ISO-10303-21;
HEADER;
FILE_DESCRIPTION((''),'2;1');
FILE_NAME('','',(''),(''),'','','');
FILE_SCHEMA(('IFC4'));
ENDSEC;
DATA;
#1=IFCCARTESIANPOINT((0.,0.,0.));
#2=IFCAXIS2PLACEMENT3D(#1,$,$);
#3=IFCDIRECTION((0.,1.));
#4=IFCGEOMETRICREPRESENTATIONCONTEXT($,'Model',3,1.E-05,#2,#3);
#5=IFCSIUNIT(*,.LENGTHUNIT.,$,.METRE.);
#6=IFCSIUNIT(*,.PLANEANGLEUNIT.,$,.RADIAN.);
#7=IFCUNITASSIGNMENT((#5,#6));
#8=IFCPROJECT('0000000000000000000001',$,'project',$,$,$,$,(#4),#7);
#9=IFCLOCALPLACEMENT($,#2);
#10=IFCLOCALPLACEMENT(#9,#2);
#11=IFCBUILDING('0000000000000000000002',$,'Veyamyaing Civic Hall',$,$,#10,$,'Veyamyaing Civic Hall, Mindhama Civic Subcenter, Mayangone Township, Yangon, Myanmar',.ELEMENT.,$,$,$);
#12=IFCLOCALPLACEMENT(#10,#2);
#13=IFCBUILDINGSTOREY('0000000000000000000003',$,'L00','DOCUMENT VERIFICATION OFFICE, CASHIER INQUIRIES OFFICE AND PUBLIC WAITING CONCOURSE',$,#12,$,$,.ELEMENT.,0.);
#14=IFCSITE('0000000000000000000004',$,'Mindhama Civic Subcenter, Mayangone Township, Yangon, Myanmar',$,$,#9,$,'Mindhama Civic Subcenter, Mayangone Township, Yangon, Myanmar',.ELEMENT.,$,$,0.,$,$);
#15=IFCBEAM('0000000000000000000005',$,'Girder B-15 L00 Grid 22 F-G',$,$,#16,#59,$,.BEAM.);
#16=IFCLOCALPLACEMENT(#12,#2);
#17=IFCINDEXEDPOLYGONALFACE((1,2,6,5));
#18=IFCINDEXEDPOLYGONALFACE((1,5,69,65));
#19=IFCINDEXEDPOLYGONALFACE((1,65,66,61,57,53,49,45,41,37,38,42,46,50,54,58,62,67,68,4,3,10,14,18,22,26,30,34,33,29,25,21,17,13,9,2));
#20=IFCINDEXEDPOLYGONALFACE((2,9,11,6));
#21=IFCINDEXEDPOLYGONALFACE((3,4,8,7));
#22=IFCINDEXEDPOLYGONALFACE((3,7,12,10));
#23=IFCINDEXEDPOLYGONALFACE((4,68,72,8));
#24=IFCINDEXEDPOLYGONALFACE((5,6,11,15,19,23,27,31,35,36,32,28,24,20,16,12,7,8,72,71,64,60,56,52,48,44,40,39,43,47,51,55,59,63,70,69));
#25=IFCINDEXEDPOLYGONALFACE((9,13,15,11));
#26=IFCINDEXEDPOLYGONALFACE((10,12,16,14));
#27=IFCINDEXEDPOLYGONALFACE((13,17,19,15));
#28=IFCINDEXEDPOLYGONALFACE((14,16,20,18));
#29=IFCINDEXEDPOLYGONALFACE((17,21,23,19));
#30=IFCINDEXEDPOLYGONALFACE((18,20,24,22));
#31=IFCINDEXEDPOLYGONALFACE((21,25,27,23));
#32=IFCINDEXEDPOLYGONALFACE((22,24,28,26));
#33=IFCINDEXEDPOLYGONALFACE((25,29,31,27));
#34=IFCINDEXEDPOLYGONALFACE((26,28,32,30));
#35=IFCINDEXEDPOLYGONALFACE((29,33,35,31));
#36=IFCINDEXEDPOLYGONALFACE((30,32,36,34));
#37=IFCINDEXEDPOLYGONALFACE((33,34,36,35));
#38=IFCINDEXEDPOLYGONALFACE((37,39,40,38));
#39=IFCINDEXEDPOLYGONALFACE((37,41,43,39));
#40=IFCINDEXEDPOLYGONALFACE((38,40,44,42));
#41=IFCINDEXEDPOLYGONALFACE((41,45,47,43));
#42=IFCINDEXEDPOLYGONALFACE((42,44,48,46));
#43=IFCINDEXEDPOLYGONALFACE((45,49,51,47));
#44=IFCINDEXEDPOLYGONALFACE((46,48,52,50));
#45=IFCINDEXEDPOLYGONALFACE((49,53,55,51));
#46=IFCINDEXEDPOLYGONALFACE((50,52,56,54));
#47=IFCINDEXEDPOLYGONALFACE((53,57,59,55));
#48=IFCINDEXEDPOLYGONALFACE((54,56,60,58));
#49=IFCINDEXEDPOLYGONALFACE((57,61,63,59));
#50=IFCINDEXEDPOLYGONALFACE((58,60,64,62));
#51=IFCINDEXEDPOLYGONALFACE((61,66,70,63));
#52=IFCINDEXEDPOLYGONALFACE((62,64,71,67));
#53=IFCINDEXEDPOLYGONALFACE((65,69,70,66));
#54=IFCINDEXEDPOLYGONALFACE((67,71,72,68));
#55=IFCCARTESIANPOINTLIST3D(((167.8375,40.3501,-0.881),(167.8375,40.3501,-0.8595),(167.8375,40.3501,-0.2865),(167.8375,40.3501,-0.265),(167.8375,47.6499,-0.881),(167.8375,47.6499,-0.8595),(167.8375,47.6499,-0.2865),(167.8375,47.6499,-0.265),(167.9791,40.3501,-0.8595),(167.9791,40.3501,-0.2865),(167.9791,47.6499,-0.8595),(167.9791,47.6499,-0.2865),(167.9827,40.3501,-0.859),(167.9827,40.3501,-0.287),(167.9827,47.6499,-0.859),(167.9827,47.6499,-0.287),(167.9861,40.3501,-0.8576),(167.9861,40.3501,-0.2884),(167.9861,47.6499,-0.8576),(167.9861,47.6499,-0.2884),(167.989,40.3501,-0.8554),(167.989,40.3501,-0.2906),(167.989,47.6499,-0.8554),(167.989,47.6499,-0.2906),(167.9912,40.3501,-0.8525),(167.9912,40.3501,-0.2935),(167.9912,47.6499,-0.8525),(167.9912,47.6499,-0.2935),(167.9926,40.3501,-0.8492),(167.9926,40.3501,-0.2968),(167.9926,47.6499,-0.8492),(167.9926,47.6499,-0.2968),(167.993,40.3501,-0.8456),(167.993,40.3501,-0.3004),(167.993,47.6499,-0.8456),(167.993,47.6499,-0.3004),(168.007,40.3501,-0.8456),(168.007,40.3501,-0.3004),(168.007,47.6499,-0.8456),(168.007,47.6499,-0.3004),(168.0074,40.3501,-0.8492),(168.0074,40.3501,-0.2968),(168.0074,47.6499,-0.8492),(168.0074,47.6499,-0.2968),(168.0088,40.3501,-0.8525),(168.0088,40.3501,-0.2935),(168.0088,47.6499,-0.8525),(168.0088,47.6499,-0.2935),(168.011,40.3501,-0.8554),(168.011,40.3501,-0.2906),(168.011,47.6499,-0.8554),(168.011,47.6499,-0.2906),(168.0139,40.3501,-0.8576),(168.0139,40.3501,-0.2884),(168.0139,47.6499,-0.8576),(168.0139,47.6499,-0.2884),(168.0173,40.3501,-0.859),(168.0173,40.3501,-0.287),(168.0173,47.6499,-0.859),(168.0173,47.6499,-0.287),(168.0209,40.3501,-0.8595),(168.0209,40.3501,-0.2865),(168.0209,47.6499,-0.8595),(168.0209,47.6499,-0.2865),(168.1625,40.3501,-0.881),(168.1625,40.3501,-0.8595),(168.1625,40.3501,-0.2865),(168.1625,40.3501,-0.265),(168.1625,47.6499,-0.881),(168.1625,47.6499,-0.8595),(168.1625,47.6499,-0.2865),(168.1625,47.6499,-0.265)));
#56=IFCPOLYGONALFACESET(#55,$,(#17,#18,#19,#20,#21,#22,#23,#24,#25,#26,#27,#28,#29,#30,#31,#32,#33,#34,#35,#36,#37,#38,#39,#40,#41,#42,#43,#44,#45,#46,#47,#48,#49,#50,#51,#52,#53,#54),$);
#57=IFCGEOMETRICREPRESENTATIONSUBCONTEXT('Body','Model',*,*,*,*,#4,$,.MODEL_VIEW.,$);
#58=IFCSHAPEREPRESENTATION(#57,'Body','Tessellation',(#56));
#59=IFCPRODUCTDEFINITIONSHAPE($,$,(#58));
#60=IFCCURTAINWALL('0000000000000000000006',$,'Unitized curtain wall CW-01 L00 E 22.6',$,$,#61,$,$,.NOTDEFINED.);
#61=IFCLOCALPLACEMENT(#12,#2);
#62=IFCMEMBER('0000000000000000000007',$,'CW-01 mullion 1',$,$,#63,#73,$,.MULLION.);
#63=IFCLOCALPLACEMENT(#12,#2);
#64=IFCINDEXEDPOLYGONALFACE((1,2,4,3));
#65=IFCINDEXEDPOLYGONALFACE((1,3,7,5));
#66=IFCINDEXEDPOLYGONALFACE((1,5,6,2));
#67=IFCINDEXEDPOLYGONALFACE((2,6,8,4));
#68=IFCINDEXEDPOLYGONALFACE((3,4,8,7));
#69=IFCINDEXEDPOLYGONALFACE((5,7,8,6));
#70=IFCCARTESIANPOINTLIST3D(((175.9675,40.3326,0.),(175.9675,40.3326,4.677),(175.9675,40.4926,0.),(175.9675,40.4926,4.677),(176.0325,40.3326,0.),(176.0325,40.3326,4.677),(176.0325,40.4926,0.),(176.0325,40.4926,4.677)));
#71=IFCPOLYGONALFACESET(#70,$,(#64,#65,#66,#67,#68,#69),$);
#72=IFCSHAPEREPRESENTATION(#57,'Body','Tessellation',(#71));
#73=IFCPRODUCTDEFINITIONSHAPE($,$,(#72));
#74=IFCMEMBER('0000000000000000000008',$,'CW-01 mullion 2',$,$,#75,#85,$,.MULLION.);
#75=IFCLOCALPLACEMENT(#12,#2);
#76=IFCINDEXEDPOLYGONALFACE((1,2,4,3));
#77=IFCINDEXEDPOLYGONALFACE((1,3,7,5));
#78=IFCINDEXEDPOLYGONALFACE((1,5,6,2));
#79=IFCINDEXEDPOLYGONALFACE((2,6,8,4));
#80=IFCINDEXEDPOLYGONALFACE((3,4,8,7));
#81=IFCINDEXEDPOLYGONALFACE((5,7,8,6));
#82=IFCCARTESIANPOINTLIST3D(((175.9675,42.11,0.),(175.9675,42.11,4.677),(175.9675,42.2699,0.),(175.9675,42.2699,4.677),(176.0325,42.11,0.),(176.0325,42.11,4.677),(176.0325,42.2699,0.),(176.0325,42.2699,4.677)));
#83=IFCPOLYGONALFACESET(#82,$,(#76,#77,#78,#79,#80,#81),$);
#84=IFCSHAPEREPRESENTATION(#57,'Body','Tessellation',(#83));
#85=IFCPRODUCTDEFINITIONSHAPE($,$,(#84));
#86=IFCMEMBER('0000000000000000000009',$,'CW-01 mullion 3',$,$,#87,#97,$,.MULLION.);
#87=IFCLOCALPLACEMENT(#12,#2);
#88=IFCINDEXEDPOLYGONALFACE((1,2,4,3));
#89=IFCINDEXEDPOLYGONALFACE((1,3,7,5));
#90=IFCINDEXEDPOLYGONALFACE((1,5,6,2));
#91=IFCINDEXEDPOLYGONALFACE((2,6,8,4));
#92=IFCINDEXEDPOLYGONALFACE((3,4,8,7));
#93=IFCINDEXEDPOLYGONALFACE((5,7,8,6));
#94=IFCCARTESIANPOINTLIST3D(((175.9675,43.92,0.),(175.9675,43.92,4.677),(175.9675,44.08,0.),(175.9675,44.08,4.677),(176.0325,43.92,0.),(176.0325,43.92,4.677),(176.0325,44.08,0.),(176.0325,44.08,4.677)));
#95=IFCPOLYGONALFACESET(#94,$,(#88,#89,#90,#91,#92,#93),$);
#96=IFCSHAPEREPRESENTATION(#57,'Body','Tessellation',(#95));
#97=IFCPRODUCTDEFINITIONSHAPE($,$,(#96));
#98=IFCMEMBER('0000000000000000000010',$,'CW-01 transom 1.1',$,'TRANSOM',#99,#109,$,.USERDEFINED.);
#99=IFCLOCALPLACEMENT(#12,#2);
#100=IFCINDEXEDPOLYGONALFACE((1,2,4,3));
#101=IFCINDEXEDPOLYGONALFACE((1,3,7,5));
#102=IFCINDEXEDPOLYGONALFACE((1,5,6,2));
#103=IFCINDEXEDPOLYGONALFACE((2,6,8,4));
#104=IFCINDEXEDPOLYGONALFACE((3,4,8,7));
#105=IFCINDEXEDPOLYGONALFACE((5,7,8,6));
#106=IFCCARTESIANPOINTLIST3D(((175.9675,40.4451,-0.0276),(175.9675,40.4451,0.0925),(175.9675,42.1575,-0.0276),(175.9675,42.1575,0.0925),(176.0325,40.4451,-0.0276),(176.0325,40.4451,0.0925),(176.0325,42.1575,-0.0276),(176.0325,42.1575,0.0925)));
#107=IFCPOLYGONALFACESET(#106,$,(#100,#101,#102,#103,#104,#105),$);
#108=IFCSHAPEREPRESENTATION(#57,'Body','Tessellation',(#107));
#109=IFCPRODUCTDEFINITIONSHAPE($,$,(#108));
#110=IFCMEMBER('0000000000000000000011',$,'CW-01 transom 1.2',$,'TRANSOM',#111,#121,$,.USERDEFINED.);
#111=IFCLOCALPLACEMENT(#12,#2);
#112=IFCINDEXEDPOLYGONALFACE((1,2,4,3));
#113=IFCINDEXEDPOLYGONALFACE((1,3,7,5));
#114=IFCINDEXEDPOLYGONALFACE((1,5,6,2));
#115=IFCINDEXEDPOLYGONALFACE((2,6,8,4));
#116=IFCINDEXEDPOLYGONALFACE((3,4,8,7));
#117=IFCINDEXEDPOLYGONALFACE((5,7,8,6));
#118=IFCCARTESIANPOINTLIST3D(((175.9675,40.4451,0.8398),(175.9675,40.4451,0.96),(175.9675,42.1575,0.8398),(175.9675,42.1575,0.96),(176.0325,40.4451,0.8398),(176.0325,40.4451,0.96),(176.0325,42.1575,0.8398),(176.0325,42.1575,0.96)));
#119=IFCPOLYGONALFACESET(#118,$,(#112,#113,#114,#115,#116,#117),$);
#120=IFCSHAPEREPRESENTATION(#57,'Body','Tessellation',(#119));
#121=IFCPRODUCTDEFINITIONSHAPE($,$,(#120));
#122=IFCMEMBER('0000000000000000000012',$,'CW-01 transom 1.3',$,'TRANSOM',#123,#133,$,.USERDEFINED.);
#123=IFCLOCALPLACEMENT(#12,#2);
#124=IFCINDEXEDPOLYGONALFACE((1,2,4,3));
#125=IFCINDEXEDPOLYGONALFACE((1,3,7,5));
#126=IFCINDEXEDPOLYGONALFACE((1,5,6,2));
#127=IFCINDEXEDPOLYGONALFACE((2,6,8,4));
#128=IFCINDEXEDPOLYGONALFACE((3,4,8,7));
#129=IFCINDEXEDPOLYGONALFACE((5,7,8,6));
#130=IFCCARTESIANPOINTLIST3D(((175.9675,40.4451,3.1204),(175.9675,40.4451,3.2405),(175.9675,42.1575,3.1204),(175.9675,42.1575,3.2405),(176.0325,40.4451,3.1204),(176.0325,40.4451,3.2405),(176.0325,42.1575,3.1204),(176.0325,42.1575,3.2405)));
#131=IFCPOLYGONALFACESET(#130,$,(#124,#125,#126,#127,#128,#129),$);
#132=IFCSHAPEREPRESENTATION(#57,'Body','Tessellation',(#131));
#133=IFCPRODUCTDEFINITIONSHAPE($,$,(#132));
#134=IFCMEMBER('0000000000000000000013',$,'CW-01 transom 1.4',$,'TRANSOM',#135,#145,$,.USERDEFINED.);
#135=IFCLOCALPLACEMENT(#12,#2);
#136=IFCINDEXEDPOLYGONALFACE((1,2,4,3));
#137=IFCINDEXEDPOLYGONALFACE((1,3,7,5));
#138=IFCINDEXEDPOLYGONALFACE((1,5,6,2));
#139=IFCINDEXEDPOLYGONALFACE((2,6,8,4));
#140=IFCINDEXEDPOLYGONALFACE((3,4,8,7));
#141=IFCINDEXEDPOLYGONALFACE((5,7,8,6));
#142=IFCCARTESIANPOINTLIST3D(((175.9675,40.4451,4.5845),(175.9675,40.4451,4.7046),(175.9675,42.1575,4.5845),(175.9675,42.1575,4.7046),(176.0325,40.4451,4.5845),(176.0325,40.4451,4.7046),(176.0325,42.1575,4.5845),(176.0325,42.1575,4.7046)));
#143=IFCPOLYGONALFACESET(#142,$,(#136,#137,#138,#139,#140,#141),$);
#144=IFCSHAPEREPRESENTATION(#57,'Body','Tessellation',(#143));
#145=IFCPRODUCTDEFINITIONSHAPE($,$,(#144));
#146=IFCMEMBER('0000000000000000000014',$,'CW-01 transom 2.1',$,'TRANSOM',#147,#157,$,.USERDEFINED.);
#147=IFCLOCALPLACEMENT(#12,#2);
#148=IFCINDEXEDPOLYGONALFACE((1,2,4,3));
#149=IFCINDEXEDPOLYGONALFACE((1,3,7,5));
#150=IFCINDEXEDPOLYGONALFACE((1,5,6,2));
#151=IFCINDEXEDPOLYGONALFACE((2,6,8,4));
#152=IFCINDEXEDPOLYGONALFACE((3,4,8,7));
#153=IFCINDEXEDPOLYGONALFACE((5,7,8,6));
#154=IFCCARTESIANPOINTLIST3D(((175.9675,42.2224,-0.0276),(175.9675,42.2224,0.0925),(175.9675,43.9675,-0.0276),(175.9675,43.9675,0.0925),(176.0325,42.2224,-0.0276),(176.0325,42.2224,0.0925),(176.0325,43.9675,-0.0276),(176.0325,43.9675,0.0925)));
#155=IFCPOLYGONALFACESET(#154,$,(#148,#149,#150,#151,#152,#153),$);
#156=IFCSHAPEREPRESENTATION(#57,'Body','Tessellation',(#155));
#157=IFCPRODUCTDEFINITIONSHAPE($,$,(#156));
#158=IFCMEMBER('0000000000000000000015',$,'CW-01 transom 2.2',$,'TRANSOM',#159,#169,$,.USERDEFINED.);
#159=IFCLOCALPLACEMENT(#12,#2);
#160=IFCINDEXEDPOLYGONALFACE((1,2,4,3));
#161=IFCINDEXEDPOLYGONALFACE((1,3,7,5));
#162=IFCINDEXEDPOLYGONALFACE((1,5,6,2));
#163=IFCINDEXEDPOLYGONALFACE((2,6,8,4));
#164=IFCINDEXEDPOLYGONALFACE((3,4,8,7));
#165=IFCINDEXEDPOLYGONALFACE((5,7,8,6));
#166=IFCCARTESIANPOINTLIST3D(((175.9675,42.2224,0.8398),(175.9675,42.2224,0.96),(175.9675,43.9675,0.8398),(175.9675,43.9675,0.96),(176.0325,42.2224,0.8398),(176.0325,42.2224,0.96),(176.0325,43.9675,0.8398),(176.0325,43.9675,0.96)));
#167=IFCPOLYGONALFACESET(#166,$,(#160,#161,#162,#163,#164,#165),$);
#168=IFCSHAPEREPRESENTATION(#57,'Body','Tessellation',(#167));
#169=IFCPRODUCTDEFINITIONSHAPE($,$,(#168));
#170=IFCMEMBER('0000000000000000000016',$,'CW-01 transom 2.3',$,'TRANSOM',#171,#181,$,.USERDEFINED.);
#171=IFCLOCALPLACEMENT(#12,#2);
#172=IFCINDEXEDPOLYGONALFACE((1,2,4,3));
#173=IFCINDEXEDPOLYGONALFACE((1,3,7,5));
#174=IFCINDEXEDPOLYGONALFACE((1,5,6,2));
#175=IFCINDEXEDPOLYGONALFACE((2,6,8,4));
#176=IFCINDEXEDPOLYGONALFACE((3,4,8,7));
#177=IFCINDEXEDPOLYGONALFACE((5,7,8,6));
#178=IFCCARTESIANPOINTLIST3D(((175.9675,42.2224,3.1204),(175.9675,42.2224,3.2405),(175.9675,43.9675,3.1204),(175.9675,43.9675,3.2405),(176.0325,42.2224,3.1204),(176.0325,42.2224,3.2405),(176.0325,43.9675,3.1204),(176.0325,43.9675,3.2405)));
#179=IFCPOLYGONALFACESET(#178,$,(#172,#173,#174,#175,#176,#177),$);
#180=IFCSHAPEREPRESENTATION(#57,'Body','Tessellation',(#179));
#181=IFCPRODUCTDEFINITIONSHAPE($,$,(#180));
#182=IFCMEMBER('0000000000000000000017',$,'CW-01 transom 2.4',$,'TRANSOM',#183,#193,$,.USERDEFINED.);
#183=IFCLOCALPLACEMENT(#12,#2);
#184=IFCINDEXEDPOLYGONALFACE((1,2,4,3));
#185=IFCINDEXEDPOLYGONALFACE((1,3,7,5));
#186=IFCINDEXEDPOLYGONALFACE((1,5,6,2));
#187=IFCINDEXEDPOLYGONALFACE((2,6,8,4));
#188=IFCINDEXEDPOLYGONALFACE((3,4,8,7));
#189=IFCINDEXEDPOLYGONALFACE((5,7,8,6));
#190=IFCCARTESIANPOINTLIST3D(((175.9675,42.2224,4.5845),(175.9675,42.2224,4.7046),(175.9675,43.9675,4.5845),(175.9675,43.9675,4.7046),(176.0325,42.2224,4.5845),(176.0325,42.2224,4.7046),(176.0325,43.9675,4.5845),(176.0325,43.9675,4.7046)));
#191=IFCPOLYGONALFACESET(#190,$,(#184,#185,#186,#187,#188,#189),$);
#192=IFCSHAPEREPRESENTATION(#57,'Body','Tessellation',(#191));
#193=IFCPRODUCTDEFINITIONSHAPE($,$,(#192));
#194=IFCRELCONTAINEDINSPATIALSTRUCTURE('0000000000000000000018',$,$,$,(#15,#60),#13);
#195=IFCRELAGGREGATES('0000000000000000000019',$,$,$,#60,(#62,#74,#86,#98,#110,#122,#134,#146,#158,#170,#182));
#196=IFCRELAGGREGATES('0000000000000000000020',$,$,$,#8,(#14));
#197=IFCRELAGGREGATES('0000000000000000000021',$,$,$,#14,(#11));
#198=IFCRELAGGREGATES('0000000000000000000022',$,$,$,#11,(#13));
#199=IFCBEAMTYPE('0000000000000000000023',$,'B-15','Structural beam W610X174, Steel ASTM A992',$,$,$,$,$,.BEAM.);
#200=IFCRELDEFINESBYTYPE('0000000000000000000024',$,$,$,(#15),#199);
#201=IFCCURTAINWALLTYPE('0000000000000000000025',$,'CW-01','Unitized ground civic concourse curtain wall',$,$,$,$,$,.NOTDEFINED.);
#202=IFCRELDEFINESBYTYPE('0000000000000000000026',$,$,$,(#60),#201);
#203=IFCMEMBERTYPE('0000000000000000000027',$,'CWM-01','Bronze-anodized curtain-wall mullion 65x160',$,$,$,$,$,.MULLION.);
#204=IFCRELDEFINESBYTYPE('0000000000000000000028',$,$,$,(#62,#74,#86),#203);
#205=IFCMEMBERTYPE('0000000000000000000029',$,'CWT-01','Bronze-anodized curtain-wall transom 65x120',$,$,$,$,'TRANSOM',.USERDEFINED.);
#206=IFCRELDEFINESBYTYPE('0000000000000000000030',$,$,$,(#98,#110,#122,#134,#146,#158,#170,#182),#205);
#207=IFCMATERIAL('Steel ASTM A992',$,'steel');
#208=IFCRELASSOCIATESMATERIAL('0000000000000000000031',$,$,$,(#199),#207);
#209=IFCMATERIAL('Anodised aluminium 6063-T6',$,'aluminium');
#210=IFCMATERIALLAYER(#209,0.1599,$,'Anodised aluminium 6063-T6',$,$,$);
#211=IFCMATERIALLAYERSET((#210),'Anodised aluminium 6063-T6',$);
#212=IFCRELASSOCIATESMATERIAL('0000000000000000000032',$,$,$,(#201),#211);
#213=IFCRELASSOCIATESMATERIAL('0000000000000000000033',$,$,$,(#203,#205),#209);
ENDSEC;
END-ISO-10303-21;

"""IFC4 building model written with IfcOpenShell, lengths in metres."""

from ifc_helpers import new_model, si_unit, direction, frame, origin, origin_2d, place, context, subcontext, project, spatial, rectangle, i_section, extrude, material, layer, layer_set, material_profile, profile_set, type_object, element, aggregate, save


model = new_model("IFC4")

# Units and contexts
model_context = context("Model", 3, precision=1e-05, world=origin(), true_north=direction((0.0, 1.0)))
body_context = subcontext(model_context, "Body", "Model", "MODEL_VIEW")
ifc_project = project(units=[si_unit("LENGTHUNIT", "METRE"), si_unit("PLANEANGLEUNIT", "RADIAN")], contexts=[model_context])

# Site, building, storey
site_placement = place(None, origin())
site = spatial("IfcSite", under=ifc_project, at=site_placement, Name="Mindhama Civic Subcenter, Mayangone Township, Yangon, Myanmar", LongName="Mindhama Civic Subcenter, Mayangone Township, Yangon, Myanmar", CompositionType="ELEMENT", RefElevation=0.0)
building_placement = place(site_placement, origin())
building = spatial("IfcBuilding", under=site, at=building_placement, Name="Veyamyaing Civic Hall", LongName="Veyamyaing Civic Hall, Mindhama Civic Subcenter, Mayangone Township, Yangon, Myanmar", CompositionType="ELEMENT")
storey_placement = place(building_placement, origin())
storey = spatial("IfcBuildingStorey", under=building, at=storey_placement, Name="L00", Description="DOCUMENT VERIFICATION OFFICE, CASHIER INQUIRIES OFFICE AND PUBLIC WAITING CONCOURSE", CompositionType="ELEMENT", Elevation=0.0)

# Beam
ifc_material_1 = material(Name="Steel ASTM A992", Category="steel")
ifc_material_profile_1 = material_profile(ifc_material_1, i_section(OverallWidth=0.325, OverallDepth=0.616, WebThickness=0.0139, FlangeThickness=0.0215, FilletRadius=0.0139, at=origin_2d()), Name="W610X174")
ifc_profile_set_1 = profile_set([ifc_material_profile_1], Name="Steel ASTM A992")
beam_type_1 = type_object("IfcBeamType", Name="B-15", Description="Structural beam W610X174, Steel ASTM A992", PredefinedType="BEAM", material=ifc_profile_set_1)
beam_1_placement = place(storey_placement, frame((168.0, 40.3501, -0.573), z_axis=(0.0, 1.0, 0.0), x_axis=(-1.0, 0.0, 0.0)))
element("IfcBeam", 1, at=beam_1_placement, inside=storey, type_object=beam_type_1, Name="Girder B-15 L00 Grid 22 F-G", PredefinedType="BEAM", context=body_context, shape_type="SweptSolid", body=[
    extrude(i_section(OverallWidth=0.325, OverallDepth=0.616, WebThickness=0.0139, FlangeThickness=0.0215, FilletRadius=0.0139, at=origin_2d()), origin(), (0.0, 0.0, 1.0), 7.2998),
])

# Curtain wall, members
ifc_material_2 = material(Name="Anodised aluminium 6063-T6", Category="aluminium")
ifc_layer_1 = layer(ifc_material_2, 0.1599, Name="Anodised aluminium 6063-T6")
ifc_layer_set_1 = layer_set([ifc_layer_1], Name="Anodised aluminium 6063-T6")
curtain_wall_type = type_object("IfcCurtainWallType", Name="CW-01", Description="Unitized ground civic concourse curtain wall", PredefinedType="NOTDEFINED", material=ifc_layer_set_1)
curtain_wall_placement = place(storey_placement, origin())
curtain_wall = element("IfcCurtainWall", 2, at=curtain_wall_placement, inside=storey, type_object=curtain_wall_type, Name="Unitized curtain wall CW-01 L00 E 22.6", PredefinedType="NOTDEFINED")
ifc_material_profile_2 = material_profile(ifc_material_2, rectangle(XDim=0.0649, YDim=0.1599, at=origin_2d()), Name="ALU-MUL-65X160")
ifc_profile_set_2 = profile_set([ifc_material_profile_2], Name="Anodised aluminium 6063-T6")
member_type_1 = type_object("IfcMemberType", Name="CWM-01", Description="Bronze-anodized curtain-wall mullion 65x160", PredefinedType="MULLION", material=ifc_profile_set_2)
member_1_placement = place(storey_placement, frame((176.0, 40.4126, 0.0), z_axis=(0.0, 0.0, 1.0), x_axis=(-1.0, 0.0, 0.0)))
member_1 = element("IfcMember", 3, at=member_1_placement, type_object=member_type_1, Name="CW-01 mullion 1", PredefinedType="MULLION", context=body_context, shape_type="SweptSolid", body=[
    extrude(rectangle(XDim=0.0649, YDim=0.1599, at=origin_2d()), origin(), (0.0, 0.0, 1.0), 4.677),
])
member_2_placement = place(storey_placement, frame((176.0, 42.1899, 0.0), z_axis=(0.0, 0.0, 1.0), x_axis=(-1.0, 0.0, 0.0)))
member_2 = element("IfcMember", 4, at=member_2_placement, type_object=member_type_1, Name="CW-01 mullion 2", PredefinedType="MULLION", context=body_context, shape_type="SweptSolid", body=[
    extrude(rectangle(XDim=0.0649, YDim=0.1599, at=origin_2d()), origin(), (0.0, 0.0, 1.0), 4.677),
])
member_3_placement = place(storey_placement, frame((176.0, 44.0, 0.0), z_axis=(0.0, 0.0, 1.0), x_axis=(-1.0, 0.0, 0.0)))
member_3 = element("IfcMember", 5, at=member_3_placement, type_object=member_type_1, Name="CW-01 mullion 3", PredefinedType="MULLION", context=body_context, shape_type="SweptSolid", body=[
    extrude(rectangle(XDim=0.0649, YDim=0.1599, at=origin_2d()), origin(), (0.0, 0.0, 1.0), 4.677),
])
ifc_material_profile_3 = material_profile(ifc_material_2, rectangle(XDim=0.0649, YDim=0.1201, at=origin_2d()), Name="ALU-TRN-65X120")
ifc_profile_set_3 = profile_set([ifc_material_profile_3], Name="Anodised aluminium 6063-T6")
member_type_2 = type_object("IfcMemberType", Name="CWT-01", Description="Bronze-anodized curtain-wall transom 65x120", ElementType="TRANSOM", PredefinedType="USERDEFINED", material=ifc_profile_set_3)
member_4_placement = place(storey_placement, frame((176.0, 40.4451, 0.0325), z_axis=(0.0, 1.0, 0.0), x_axis=(-1.0, 0.0, 0.0)))
member_4 = element("IfcMember", 6, at=member_4_placement, type_object=member_type_2, Name="CW-01 transom 1.1", ObjectType="TRANSOM", PredefinedType="USERDEFINED", context=body_context, shape_type="SweptSolid", body=[
    extrude(rectangle(XDim=0.0649, YDim=0.1201, at=origin_2d()), origin(), (0.0, 0.0, 1.0), 1.7124),
])
member_5_placement = place(storey_placement, frame((176.0, 40.4451, 0.8999), z_axis=(0.0, 1.0, 0.0), x_axis=(-1.0, 0.0, 0.0)))
member_5 = element("IfcMember", 7, at=member_5_placement, type_object=member_type_2, Name="CW-01 transom 1.2", ObjectType="TRANSOM", PredefinedType="USERDEFINED", context=body_context, shape_type="SweptSolid", body=[
    extrude(rectangle(XDim=0.0649, YDim=0.1201, at=origin_2d()), origin(), (0.0, 0.0, 1.0), 1.7124),
])
member_6_placement = place(storey_placement, frame((176.0, 40.4451, 3.1804), z_axis=(0.0, 1.0, 0.0), x_axis=(-1.0, 0.0, 0.0)))
member_6 = element("IfcMember", 8, at=member_6_placement, type_object=member_type_2, Name="CW-01 transom 1.3", ObjectType="TRANSOM", PredefinedType="USERDEFINED", context=body_context, shape_type="SweptSolid", body=[
    extrude(rectangle(XDim=0.0649, YDim=0.1201, at=origin_2d()), origin(), (0.0, 0.0, 1.0), 1.7124),
])
member_7_placement = place(storey_placement, frame((176.0, 40.4451, 4.6445), z_axis=(0.0, 1.0, 0.0), x_axis=(-1.0, 0.0, 0.0)))
member_7 = element("IfcMember", 9, at=member_7_placement, type_object=member_type_2, Name="CW-01 transom 1.4", ObjectType="TRANSOM", PredefinedType="USERDEFINED", context=body_context, shape_type="SweptSolid", body=[
    extrude(rectangle(XDim=0.0649, YDim=0.1201, at=origin_2d()), origin(), (0.0, 0.0, 1.0), 1.7124),
])
member_8_placement = place(storey_placement, frame((176.0, 42.2224, 0.0325), z_axis=(0.0, 1.0, 0.0), x_axis=(-1.0, 0.0, 0.0)))
member_8 = element("IfcMember", 10, at=member_8_placement, type_object=member_type_2, Name="CW-01 transom 2.1", ObjectType="TRANSOM", PredefinedType="USERDEFINED", context=body_context, shape_type="SweptSolid", body=[
    extrude(rectangle(XDim=0.0649, YDim=0.1201, at=origin_2d()), origin(), (0.0, 0.0, 1.0), 1.7451),
])
member_9_placement = place(storey_placement, frame((176.0, 42.2224, 0.8999), z_axis=(0.0, 1.0, 0.0), x_axis=(-1.0, 0.0, 0.0)))
member_9 = element("IfcMember", 11, at=member_9_placement, type_object=member_type_2, Name="CW-01 transom 2.2", ObjectType="TRANSOM", PredefinedType="USERDEFINED", context=body_context, shape_type="SweptSolid", body=[
    extrude(rectangle(XDim=0.0649, YDim=0.1201, at=origin_2d()), origin(), (0.0, 0.0, 1.0), 1.7451),
])
member_10_placement = place(storey_placement, frame((176.0, 42.2224, 3.1804), z_axis=(0.0, 1.0, 0.0), x_axis=(-1.0, 0.0, 0.0)))
member_10 = element("IfcMember", 12, at=member_10_placement, type_object=member_type_2, Name="CW-01 transom 2.3", ObjectType="TRANSOM", PredefinedType="USERDEFINED", context=body_context, shape_type="SweptSolid", body=[
    extrude(rectangle(XDim=0.0649, YDim=0.1201, at=origin_2d()), origin(), (0.0, 0.0, 1.0), 1.7451),
])
member_11_placement = place(storey_placement, frame((176.0, 42.2224, 4.6445), z_axis=(0.0, 1.0, 0.0), x_axis=(-1.0, 0.0, 0.0)))
member_11 = element("IfcMember", 13, at=member_11_placement, type_object=member_type_2, Name="CW-01 transom 2.4", ObjectType="TRANSOM", PredefinedType="USERDEFINED", context=body_context, shape_type="SweptSolid", body=[
    extrude(rectangle(XDim=0.0649, YDim=0.1201, at=origin_2d()), origin(), (0.0, 0.0, 1.0), 1.7451),
])

aggregate(curtain_wall, [member_1, member_2, member_3, member_4, member_5, member_6, member_7, member_8, member_9, member_10, member_11])

save(model, "model.ifc")
